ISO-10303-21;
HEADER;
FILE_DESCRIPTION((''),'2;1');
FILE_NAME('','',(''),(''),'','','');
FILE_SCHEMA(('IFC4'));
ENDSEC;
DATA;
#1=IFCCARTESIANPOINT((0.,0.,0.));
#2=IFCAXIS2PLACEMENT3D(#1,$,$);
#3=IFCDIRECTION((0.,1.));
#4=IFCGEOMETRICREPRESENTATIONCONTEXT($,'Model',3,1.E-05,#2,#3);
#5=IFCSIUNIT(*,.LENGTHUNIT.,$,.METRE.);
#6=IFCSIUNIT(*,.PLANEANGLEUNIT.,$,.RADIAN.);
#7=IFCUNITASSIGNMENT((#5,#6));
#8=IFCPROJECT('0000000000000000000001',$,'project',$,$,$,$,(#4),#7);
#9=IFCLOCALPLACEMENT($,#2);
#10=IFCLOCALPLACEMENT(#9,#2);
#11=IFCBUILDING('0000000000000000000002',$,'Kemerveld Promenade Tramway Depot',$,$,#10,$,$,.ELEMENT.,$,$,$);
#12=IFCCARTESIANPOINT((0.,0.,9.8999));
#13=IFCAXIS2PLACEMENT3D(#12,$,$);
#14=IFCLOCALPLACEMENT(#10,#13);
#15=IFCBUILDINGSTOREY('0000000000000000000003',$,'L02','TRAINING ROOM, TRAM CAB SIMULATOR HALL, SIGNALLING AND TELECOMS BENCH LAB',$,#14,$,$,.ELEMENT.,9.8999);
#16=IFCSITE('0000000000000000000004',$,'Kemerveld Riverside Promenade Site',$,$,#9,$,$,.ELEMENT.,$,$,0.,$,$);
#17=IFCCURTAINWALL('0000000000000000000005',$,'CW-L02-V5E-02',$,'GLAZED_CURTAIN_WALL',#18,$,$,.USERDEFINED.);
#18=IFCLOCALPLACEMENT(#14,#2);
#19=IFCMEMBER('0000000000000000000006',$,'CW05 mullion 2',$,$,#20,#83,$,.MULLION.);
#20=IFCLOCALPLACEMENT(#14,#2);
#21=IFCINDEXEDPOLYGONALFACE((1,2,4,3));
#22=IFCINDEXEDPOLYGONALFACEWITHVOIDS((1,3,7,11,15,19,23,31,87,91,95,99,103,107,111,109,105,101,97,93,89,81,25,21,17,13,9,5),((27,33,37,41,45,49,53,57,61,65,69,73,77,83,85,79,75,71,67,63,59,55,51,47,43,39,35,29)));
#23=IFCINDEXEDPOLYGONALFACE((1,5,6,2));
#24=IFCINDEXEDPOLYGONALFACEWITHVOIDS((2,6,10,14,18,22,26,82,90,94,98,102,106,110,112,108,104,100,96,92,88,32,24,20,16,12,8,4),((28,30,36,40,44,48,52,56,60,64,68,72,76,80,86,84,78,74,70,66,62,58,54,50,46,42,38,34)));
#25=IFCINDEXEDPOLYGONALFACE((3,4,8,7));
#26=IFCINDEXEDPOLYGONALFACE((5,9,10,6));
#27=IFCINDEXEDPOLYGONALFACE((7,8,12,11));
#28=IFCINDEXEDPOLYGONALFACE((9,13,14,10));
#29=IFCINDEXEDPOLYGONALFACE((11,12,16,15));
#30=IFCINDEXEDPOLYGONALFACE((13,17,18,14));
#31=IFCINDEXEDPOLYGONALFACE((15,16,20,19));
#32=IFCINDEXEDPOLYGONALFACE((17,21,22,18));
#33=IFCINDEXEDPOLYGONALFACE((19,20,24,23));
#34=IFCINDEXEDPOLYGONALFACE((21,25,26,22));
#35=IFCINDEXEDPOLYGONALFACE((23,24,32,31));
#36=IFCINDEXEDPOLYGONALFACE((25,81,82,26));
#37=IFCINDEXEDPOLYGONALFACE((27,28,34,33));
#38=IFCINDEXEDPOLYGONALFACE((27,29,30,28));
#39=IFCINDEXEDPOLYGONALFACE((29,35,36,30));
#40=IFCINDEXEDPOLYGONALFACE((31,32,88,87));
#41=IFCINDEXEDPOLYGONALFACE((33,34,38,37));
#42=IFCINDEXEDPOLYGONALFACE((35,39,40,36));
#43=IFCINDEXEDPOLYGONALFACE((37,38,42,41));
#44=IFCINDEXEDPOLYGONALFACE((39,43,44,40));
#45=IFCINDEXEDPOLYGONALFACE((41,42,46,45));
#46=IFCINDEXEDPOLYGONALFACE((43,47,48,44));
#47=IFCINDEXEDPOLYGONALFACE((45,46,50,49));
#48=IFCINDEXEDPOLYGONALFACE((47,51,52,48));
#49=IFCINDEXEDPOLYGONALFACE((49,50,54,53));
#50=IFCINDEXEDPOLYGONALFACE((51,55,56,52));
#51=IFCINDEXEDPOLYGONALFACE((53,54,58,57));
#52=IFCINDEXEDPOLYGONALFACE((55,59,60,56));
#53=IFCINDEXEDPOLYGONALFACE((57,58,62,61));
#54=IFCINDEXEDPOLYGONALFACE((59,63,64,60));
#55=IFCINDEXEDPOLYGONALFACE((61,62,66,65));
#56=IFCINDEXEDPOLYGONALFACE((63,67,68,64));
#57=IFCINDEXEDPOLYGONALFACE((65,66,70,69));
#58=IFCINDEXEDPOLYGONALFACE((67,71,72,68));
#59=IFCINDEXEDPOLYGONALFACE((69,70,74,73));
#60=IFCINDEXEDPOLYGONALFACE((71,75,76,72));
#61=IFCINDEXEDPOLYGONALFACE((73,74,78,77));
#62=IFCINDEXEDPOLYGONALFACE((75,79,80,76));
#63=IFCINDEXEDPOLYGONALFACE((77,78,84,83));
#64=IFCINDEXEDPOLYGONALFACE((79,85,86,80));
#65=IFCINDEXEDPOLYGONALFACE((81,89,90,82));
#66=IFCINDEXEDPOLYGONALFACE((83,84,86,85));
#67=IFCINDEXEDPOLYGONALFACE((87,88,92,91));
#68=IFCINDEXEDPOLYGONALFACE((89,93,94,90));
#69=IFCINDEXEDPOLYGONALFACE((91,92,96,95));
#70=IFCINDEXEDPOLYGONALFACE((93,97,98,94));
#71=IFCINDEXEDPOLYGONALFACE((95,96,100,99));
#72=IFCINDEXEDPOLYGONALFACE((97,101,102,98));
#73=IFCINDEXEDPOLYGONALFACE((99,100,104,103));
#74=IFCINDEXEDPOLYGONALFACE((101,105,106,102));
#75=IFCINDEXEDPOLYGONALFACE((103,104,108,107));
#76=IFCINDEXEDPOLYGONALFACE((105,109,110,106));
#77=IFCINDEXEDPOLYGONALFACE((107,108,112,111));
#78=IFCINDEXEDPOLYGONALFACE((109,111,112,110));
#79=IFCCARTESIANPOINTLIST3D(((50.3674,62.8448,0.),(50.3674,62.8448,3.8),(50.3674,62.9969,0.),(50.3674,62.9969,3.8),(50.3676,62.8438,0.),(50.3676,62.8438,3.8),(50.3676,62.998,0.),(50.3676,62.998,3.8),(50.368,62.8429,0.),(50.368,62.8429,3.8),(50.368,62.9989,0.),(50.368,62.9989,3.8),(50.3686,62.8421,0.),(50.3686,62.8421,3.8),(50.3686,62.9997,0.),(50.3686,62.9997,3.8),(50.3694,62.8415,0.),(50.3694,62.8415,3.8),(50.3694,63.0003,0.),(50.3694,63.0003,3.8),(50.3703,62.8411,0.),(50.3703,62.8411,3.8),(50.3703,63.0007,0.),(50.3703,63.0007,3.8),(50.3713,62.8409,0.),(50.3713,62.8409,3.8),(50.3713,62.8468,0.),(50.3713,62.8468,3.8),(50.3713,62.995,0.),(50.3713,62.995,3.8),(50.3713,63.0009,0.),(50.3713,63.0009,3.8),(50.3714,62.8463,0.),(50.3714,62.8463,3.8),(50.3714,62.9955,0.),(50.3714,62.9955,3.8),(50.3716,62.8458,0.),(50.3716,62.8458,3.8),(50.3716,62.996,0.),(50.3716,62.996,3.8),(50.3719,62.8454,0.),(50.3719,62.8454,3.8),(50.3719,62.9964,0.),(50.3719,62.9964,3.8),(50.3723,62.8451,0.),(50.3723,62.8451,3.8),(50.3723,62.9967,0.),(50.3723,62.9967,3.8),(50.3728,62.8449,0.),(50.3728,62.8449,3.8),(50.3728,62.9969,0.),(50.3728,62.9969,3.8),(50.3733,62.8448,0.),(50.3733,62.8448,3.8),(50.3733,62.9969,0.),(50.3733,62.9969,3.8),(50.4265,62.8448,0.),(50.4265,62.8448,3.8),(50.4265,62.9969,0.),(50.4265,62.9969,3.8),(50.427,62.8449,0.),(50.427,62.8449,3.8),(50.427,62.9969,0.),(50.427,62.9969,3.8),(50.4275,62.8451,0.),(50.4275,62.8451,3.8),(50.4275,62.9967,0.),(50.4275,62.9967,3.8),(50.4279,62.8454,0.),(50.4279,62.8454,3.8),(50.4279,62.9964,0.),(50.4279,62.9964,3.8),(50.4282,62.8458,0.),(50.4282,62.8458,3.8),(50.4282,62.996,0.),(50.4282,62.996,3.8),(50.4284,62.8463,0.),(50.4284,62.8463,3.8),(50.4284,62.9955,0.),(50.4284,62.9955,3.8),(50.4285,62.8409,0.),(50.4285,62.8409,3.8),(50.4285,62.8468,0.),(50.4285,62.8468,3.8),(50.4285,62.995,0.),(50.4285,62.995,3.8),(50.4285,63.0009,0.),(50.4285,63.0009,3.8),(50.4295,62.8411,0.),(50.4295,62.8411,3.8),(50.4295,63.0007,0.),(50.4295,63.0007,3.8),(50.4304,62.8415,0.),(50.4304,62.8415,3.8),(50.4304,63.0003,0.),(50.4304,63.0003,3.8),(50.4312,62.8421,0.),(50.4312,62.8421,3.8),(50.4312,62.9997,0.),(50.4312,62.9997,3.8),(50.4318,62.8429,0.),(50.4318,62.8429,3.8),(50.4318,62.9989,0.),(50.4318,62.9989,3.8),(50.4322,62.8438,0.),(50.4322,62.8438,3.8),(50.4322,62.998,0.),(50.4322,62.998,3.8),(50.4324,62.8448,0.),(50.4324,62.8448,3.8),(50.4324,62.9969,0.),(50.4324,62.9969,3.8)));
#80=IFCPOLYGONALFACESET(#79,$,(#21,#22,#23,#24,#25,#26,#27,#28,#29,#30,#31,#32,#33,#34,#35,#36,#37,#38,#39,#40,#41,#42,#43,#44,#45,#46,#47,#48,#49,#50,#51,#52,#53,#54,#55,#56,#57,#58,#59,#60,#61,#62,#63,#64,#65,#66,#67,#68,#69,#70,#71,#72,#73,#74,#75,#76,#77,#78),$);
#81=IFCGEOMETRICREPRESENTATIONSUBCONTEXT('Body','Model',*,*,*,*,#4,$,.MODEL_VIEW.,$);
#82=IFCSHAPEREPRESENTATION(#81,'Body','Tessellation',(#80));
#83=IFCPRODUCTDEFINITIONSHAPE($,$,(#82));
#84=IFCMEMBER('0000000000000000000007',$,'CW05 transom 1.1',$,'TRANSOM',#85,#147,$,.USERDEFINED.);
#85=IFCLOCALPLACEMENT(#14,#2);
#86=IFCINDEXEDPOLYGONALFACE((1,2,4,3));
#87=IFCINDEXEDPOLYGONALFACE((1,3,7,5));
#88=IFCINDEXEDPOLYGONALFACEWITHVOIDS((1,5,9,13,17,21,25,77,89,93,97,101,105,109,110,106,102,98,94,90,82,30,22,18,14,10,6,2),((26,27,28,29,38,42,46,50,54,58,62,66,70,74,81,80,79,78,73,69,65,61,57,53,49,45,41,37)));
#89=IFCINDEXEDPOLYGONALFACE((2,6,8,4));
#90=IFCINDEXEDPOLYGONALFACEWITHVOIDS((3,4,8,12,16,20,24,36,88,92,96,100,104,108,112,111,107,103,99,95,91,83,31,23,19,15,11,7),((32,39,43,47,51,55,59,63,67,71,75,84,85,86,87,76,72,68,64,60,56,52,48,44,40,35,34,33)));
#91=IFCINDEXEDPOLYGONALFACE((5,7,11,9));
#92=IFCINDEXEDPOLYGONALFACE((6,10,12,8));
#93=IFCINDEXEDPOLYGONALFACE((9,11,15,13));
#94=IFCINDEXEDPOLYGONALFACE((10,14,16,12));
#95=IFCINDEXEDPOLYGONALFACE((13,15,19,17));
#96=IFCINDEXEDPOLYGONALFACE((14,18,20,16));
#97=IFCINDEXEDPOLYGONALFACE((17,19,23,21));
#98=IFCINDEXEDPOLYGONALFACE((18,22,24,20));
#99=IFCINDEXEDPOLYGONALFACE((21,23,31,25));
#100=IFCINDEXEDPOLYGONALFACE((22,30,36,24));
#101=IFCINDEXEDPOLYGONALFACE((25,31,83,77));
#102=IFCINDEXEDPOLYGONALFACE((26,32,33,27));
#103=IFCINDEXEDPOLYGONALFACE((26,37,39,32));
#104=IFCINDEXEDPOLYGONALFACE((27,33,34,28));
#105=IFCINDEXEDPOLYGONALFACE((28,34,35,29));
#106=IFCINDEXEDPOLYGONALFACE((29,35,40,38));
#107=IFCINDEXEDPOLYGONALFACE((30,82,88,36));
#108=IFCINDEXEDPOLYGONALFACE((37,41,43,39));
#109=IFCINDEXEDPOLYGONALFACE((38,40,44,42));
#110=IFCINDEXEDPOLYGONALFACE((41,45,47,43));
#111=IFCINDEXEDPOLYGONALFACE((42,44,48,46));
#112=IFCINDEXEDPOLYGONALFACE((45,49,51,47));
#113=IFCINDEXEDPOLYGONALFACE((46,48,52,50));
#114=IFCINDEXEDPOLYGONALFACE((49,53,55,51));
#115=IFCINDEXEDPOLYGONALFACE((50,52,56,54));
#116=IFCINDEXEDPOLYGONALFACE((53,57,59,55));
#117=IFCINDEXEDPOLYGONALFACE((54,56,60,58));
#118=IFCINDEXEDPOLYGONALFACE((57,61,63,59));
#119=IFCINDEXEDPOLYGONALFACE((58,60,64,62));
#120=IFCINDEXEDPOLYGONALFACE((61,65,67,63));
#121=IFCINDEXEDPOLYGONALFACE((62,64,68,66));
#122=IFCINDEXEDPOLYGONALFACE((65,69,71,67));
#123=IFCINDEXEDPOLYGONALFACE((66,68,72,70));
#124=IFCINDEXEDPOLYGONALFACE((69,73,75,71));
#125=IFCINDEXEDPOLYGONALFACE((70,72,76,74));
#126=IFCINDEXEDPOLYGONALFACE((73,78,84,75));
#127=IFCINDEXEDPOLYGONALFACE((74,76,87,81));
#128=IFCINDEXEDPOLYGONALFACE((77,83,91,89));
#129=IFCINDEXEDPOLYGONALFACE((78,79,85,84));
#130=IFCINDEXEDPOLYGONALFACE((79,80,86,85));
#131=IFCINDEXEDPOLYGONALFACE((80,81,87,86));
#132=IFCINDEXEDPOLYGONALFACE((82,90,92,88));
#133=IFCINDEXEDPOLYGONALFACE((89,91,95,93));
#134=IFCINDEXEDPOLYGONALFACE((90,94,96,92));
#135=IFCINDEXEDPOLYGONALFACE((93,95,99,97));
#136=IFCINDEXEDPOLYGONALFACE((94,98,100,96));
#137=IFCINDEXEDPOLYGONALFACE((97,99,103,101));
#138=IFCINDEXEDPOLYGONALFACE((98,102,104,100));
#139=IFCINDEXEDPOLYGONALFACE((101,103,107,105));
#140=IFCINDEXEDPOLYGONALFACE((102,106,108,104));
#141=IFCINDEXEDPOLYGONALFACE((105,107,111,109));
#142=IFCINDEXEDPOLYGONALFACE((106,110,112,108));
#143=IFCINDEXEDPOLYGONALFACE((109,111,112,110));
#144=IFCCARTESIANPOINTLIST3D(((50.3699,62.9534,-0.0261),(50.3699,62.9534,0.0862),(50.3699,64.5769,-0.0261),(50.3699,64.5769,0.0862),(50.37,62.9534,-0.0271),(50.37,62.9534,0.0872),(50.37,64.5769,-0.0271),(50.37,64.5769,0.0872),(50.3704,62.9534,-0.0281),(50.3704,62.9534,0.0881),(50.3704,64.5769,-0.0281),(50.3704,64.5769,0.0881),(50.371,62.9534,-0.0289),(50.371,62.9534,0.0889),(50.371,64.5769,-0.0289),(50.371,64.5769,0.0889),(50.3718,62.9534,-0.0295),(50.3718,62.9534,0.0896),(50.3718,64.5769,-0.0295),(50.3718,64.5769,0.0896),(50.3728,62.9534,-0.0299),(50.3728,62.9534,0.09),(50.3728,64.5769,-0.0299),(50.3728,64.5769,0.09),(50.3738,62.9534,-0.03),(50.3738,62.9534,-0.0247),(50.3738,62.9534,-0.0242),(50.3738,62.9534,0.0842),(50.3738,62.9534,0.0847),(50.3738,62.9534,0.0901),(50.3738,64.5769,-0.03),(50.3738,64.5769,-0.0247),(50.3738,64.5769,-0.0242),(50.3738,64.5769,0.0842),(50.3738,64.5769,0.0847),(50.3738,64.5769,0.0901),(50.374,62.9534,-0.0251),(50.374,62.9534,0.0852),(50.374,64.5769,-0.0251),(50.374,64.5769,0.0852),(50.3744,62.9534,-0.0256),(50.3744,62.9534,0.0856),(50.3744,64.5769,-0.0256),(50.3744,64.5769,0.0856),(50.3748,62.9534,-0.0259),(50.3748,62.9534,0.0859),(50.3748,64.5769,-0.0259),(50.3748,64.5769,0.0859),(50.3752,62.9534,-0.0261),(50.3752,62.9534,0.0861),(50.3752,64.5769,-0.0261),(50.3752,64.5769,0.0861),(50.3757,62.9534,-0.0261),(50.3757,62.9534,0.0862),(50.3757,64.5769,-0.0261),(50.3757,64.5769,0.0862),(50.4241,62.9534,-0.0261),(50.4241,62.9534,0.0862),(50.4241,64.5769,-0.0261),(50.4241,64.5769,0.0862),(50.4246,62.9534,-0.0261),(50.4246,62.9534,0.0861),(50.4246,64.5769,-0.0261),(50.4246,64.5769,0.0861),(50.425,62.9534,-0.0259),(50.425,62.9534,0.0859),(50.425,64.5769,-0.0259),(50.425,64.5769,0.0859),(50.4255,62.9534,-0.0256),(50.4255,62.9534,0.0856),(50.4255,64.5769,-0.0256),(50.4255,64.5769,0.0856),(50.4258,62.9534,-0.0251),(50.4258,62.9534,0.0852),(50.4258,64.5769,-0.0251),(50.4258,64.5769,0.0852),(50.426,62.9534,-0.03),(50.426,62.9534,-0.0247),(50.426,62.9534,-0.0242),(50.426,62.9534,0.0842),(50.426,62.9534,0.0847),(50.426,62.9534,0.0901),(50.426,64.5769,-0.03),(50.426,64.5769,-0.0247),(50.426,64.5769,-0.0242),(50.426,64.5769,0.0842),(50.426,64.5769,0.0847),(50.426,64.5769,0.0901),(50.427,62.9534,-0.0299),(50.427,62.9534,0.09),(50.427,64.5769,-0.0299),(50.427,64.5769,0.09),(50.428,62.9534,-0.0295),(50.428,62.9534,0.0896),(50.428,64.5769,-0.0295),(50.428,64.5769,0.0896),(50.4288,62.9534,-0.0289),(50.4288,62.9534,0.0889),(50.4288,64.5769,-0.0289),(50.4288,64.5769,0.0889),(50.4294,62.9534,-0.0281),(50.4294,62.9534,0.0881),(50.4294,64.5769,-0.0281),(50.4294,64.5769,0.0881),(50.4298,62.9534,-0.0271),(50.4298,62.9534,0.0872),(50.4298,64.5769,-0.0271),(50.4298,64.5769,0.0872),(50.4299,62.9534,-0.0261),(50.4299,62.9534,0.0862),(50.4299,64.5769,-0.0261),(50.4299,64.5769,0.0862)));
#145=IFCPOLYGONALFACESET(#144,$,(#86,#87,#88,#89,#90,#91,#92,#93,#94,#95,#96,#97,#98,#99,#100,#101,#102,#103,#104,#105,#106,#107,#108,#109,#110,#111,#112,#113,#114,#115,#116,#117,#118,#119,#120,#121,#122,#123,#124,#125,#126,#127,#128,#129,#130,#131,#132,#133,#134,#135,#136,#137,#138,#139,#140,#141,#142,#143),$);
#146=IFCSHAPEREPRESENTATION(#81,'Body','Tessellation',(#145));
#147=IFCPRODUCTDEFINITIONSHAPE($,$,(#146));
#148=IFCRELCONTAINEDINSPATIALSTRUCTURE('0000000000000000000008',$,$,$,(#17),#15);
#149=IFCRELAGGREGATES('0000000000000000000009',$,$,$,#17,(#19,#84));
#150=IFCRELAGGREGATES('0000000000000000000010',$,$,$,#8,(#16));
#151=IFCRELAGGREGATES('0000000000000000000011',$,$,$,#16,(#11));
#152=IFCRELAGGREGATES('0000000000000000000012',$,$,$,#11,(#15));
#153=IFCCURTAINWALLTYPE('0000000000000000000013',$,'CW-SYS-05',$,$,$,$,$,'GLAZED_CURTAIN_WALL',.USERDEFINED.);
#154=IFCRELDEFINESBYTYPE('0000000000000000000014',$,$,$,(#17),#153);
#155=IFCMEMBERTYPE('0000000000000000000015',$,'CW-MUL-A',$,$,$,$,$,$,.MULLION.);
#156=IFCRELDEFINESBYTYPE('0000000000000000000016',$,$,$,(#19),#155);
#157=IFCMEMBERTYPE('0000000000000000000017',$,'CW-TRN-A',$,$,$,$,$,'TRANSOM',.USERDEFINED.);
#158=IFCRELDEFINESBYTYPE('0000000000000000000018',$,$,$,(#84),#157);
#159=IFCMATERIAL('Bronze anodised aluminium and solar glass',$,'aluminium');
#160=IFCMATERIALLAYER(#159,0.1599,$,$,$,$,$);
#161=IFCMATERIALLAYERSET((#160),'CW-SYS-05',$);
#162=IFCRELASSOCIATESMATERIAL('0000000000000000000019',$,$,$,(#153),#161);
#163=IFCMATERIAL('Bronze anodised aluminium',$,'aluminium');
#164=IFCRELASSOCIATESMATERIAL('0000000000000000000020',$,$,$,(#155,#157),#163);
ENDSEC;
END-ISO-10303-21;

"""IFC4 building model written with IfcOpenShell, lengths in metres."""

from ifc_helpers import new_model, si_unit, direction, frame, origin, origin_2d, place, context, subcontext, project, spatial, hollow_rectangle, extrude, material, layer, layer_set, material_profile, profile_set, type_object, element, aggregate, save


model = new_model("IFC4")

# Units and contexts
model_context = context("Model", 3, precision=1e-05, world=origin(), true_north=direction((0.0, 1.0)))
body_context = subcontext(model_context, "Body", "Model", "MODEL_VIEW")
ifc_project = project(units=[si_unit("LENGTHUNIT", "METRE"), si_unit("PLANEANGLEUNIT", "RADIAN")], contexts=[model_context])

# Site, building, storey
site_placement = place(None, origin())
site = spatial("IfcSite", under=ifc_project, at=site_placement, Name="Kemerveld Riverside Promenade Site", CompositionType="ELEMENT", RefElevation=0.0)
building_placement = place(site_placement, origin())
building = spatial("IfcBuilding", under=site, at=building_placement, Name="Kemerveld Promenade Tramway Depot", CompositionType="ELEMENT")
storey_placement = place(building_placement, frame((0.0, 0.0, 9.8999)))
storey = spatial("IfcBuildingStorey", under=building, at=storey_placement, Name="L02", Description="TRAINING ROOM, TRAM CAB SIMULATOR HALL, SIGNALLING AND TELECOMS BENCH LAB", CompositionType="ELEMENT", Elevation=9.8999)

# Curtain wall, members
ifc_material_1 = material(Name="Bronze anodised aluminium and solar glass", Category="aluminium")
ifc_layer_1 = layer(ifc_material_1, 0.1599)
ifc_layer_set_1 = layer_set([ifc_layer_1], Name="CW-SYS-05")
curtain_wall_type = type_object("IfcCurtainWallType", Name="CW-SYS-05", ElementType="GLAZED_CURTAIN_WALL", PredefinedType="USERDEFINED", material=ifc_layer_set_1)
curtain_wall_placement = place(storey_placement, origin())
curtain_wall = element("IfcCurtainWall", 1, at=curtain_wall_placement, inside=storey, type_object=curtain_wall_type, Name="CW-L02-V5E-02", ObjectType="GLAZED_CURTAIN_WALL", PredefinedType="USERDEFINED")
ifc_material_2 = material(Name="Bronze anodised aluminium", Category="aluminium")
ifc_material_profile_1 = material_profile(ifc_material_2, hollow_rectangle(XDim=0.0649, YDim=0.1599, WallThickness=0.0039, InnerFilletRadius=0.002, OuterFilletRadius=0.0039, at=origin_2d()), Name="CW-MUL-160x65")
ifc_profile_set_1 = profile_set([ifc_material_profile_1], Name="Bronze anodised aluminium")
member_type_1 = type_object("IfcMemberType", Name="CW-MUL-A", PredefinedType="MULLION", material=ifc_profile_set_1)
member_1_placement = place(storey_placement, frame((50.3999, 62.9209, 0.0), z_axis=(0.0, 0.0, 1.0), x_axis=(1.0, 0.0, 0.0)))
member_1 = element("IfcMember", 2, at=member_1_placement, type_object=member_type_1, Name="CW05 mullion 2", PredefinedType="MULLION", context=body_context, shape_type="SweptSolid", body=[
    extrude(hollow_rectangle(XDim=0.0649, YDim=0.1599, WallThickness=0.0039, InnerFilletRadius=0.002, OuterFilletRadius=0.0039, at=origin_2d()), origin(), (0.0, 0.0, 1.0), 3.8),
])
ifc_material_profile_2 = material_profile(ifc_material_2, hollow_rectangle(XDim=0.0601, YDim=0.1201, WallThickness=0.0039, InnerFilletRadius=0.002, OuterFilletRadius=0.0039, at=origin_2d()), Name="CW-TRN-120x60")
ifc_profile_set_2 = profile_set([ifc_material_profile_2], Name="Bronze anodised aluminium")
member_type_2 = type_object("IfcMemberType", Name="CW-TRN-A", ElementType="TRANSOM", PredefinedType="USERDEFINED", material=ifc_profile_set_2)
member_2_placement = place(storey_placement, frame((50.3999, 64.5769, 0.03), z_axis=(0.0, -1.0, 0.0), x_axis=(1.0, 0.0, 0.0)))
member_2 = element("IfcMember", 3, at=member_2_placement, type_object=member_type_2, Name="CW05 transom 1.1", ObjectType="TRANSOM", PredefinedType="USERDEFINED", context=body_context, shape_type="SweptSolid", body=[
    extrude(hollow_rectangle(XDim=0.0601, YDim=0.1201, WallThickness=0.0039, InnerFilletRadius=0.002, OuterFilletRadius=0.0039, at=origin_2d()), origin(), (0.0, 0.0, 1.0), 1.6235),
])
aggregate(curtain_wall, [member_1, member_2])

save(model, "model.ifc")
